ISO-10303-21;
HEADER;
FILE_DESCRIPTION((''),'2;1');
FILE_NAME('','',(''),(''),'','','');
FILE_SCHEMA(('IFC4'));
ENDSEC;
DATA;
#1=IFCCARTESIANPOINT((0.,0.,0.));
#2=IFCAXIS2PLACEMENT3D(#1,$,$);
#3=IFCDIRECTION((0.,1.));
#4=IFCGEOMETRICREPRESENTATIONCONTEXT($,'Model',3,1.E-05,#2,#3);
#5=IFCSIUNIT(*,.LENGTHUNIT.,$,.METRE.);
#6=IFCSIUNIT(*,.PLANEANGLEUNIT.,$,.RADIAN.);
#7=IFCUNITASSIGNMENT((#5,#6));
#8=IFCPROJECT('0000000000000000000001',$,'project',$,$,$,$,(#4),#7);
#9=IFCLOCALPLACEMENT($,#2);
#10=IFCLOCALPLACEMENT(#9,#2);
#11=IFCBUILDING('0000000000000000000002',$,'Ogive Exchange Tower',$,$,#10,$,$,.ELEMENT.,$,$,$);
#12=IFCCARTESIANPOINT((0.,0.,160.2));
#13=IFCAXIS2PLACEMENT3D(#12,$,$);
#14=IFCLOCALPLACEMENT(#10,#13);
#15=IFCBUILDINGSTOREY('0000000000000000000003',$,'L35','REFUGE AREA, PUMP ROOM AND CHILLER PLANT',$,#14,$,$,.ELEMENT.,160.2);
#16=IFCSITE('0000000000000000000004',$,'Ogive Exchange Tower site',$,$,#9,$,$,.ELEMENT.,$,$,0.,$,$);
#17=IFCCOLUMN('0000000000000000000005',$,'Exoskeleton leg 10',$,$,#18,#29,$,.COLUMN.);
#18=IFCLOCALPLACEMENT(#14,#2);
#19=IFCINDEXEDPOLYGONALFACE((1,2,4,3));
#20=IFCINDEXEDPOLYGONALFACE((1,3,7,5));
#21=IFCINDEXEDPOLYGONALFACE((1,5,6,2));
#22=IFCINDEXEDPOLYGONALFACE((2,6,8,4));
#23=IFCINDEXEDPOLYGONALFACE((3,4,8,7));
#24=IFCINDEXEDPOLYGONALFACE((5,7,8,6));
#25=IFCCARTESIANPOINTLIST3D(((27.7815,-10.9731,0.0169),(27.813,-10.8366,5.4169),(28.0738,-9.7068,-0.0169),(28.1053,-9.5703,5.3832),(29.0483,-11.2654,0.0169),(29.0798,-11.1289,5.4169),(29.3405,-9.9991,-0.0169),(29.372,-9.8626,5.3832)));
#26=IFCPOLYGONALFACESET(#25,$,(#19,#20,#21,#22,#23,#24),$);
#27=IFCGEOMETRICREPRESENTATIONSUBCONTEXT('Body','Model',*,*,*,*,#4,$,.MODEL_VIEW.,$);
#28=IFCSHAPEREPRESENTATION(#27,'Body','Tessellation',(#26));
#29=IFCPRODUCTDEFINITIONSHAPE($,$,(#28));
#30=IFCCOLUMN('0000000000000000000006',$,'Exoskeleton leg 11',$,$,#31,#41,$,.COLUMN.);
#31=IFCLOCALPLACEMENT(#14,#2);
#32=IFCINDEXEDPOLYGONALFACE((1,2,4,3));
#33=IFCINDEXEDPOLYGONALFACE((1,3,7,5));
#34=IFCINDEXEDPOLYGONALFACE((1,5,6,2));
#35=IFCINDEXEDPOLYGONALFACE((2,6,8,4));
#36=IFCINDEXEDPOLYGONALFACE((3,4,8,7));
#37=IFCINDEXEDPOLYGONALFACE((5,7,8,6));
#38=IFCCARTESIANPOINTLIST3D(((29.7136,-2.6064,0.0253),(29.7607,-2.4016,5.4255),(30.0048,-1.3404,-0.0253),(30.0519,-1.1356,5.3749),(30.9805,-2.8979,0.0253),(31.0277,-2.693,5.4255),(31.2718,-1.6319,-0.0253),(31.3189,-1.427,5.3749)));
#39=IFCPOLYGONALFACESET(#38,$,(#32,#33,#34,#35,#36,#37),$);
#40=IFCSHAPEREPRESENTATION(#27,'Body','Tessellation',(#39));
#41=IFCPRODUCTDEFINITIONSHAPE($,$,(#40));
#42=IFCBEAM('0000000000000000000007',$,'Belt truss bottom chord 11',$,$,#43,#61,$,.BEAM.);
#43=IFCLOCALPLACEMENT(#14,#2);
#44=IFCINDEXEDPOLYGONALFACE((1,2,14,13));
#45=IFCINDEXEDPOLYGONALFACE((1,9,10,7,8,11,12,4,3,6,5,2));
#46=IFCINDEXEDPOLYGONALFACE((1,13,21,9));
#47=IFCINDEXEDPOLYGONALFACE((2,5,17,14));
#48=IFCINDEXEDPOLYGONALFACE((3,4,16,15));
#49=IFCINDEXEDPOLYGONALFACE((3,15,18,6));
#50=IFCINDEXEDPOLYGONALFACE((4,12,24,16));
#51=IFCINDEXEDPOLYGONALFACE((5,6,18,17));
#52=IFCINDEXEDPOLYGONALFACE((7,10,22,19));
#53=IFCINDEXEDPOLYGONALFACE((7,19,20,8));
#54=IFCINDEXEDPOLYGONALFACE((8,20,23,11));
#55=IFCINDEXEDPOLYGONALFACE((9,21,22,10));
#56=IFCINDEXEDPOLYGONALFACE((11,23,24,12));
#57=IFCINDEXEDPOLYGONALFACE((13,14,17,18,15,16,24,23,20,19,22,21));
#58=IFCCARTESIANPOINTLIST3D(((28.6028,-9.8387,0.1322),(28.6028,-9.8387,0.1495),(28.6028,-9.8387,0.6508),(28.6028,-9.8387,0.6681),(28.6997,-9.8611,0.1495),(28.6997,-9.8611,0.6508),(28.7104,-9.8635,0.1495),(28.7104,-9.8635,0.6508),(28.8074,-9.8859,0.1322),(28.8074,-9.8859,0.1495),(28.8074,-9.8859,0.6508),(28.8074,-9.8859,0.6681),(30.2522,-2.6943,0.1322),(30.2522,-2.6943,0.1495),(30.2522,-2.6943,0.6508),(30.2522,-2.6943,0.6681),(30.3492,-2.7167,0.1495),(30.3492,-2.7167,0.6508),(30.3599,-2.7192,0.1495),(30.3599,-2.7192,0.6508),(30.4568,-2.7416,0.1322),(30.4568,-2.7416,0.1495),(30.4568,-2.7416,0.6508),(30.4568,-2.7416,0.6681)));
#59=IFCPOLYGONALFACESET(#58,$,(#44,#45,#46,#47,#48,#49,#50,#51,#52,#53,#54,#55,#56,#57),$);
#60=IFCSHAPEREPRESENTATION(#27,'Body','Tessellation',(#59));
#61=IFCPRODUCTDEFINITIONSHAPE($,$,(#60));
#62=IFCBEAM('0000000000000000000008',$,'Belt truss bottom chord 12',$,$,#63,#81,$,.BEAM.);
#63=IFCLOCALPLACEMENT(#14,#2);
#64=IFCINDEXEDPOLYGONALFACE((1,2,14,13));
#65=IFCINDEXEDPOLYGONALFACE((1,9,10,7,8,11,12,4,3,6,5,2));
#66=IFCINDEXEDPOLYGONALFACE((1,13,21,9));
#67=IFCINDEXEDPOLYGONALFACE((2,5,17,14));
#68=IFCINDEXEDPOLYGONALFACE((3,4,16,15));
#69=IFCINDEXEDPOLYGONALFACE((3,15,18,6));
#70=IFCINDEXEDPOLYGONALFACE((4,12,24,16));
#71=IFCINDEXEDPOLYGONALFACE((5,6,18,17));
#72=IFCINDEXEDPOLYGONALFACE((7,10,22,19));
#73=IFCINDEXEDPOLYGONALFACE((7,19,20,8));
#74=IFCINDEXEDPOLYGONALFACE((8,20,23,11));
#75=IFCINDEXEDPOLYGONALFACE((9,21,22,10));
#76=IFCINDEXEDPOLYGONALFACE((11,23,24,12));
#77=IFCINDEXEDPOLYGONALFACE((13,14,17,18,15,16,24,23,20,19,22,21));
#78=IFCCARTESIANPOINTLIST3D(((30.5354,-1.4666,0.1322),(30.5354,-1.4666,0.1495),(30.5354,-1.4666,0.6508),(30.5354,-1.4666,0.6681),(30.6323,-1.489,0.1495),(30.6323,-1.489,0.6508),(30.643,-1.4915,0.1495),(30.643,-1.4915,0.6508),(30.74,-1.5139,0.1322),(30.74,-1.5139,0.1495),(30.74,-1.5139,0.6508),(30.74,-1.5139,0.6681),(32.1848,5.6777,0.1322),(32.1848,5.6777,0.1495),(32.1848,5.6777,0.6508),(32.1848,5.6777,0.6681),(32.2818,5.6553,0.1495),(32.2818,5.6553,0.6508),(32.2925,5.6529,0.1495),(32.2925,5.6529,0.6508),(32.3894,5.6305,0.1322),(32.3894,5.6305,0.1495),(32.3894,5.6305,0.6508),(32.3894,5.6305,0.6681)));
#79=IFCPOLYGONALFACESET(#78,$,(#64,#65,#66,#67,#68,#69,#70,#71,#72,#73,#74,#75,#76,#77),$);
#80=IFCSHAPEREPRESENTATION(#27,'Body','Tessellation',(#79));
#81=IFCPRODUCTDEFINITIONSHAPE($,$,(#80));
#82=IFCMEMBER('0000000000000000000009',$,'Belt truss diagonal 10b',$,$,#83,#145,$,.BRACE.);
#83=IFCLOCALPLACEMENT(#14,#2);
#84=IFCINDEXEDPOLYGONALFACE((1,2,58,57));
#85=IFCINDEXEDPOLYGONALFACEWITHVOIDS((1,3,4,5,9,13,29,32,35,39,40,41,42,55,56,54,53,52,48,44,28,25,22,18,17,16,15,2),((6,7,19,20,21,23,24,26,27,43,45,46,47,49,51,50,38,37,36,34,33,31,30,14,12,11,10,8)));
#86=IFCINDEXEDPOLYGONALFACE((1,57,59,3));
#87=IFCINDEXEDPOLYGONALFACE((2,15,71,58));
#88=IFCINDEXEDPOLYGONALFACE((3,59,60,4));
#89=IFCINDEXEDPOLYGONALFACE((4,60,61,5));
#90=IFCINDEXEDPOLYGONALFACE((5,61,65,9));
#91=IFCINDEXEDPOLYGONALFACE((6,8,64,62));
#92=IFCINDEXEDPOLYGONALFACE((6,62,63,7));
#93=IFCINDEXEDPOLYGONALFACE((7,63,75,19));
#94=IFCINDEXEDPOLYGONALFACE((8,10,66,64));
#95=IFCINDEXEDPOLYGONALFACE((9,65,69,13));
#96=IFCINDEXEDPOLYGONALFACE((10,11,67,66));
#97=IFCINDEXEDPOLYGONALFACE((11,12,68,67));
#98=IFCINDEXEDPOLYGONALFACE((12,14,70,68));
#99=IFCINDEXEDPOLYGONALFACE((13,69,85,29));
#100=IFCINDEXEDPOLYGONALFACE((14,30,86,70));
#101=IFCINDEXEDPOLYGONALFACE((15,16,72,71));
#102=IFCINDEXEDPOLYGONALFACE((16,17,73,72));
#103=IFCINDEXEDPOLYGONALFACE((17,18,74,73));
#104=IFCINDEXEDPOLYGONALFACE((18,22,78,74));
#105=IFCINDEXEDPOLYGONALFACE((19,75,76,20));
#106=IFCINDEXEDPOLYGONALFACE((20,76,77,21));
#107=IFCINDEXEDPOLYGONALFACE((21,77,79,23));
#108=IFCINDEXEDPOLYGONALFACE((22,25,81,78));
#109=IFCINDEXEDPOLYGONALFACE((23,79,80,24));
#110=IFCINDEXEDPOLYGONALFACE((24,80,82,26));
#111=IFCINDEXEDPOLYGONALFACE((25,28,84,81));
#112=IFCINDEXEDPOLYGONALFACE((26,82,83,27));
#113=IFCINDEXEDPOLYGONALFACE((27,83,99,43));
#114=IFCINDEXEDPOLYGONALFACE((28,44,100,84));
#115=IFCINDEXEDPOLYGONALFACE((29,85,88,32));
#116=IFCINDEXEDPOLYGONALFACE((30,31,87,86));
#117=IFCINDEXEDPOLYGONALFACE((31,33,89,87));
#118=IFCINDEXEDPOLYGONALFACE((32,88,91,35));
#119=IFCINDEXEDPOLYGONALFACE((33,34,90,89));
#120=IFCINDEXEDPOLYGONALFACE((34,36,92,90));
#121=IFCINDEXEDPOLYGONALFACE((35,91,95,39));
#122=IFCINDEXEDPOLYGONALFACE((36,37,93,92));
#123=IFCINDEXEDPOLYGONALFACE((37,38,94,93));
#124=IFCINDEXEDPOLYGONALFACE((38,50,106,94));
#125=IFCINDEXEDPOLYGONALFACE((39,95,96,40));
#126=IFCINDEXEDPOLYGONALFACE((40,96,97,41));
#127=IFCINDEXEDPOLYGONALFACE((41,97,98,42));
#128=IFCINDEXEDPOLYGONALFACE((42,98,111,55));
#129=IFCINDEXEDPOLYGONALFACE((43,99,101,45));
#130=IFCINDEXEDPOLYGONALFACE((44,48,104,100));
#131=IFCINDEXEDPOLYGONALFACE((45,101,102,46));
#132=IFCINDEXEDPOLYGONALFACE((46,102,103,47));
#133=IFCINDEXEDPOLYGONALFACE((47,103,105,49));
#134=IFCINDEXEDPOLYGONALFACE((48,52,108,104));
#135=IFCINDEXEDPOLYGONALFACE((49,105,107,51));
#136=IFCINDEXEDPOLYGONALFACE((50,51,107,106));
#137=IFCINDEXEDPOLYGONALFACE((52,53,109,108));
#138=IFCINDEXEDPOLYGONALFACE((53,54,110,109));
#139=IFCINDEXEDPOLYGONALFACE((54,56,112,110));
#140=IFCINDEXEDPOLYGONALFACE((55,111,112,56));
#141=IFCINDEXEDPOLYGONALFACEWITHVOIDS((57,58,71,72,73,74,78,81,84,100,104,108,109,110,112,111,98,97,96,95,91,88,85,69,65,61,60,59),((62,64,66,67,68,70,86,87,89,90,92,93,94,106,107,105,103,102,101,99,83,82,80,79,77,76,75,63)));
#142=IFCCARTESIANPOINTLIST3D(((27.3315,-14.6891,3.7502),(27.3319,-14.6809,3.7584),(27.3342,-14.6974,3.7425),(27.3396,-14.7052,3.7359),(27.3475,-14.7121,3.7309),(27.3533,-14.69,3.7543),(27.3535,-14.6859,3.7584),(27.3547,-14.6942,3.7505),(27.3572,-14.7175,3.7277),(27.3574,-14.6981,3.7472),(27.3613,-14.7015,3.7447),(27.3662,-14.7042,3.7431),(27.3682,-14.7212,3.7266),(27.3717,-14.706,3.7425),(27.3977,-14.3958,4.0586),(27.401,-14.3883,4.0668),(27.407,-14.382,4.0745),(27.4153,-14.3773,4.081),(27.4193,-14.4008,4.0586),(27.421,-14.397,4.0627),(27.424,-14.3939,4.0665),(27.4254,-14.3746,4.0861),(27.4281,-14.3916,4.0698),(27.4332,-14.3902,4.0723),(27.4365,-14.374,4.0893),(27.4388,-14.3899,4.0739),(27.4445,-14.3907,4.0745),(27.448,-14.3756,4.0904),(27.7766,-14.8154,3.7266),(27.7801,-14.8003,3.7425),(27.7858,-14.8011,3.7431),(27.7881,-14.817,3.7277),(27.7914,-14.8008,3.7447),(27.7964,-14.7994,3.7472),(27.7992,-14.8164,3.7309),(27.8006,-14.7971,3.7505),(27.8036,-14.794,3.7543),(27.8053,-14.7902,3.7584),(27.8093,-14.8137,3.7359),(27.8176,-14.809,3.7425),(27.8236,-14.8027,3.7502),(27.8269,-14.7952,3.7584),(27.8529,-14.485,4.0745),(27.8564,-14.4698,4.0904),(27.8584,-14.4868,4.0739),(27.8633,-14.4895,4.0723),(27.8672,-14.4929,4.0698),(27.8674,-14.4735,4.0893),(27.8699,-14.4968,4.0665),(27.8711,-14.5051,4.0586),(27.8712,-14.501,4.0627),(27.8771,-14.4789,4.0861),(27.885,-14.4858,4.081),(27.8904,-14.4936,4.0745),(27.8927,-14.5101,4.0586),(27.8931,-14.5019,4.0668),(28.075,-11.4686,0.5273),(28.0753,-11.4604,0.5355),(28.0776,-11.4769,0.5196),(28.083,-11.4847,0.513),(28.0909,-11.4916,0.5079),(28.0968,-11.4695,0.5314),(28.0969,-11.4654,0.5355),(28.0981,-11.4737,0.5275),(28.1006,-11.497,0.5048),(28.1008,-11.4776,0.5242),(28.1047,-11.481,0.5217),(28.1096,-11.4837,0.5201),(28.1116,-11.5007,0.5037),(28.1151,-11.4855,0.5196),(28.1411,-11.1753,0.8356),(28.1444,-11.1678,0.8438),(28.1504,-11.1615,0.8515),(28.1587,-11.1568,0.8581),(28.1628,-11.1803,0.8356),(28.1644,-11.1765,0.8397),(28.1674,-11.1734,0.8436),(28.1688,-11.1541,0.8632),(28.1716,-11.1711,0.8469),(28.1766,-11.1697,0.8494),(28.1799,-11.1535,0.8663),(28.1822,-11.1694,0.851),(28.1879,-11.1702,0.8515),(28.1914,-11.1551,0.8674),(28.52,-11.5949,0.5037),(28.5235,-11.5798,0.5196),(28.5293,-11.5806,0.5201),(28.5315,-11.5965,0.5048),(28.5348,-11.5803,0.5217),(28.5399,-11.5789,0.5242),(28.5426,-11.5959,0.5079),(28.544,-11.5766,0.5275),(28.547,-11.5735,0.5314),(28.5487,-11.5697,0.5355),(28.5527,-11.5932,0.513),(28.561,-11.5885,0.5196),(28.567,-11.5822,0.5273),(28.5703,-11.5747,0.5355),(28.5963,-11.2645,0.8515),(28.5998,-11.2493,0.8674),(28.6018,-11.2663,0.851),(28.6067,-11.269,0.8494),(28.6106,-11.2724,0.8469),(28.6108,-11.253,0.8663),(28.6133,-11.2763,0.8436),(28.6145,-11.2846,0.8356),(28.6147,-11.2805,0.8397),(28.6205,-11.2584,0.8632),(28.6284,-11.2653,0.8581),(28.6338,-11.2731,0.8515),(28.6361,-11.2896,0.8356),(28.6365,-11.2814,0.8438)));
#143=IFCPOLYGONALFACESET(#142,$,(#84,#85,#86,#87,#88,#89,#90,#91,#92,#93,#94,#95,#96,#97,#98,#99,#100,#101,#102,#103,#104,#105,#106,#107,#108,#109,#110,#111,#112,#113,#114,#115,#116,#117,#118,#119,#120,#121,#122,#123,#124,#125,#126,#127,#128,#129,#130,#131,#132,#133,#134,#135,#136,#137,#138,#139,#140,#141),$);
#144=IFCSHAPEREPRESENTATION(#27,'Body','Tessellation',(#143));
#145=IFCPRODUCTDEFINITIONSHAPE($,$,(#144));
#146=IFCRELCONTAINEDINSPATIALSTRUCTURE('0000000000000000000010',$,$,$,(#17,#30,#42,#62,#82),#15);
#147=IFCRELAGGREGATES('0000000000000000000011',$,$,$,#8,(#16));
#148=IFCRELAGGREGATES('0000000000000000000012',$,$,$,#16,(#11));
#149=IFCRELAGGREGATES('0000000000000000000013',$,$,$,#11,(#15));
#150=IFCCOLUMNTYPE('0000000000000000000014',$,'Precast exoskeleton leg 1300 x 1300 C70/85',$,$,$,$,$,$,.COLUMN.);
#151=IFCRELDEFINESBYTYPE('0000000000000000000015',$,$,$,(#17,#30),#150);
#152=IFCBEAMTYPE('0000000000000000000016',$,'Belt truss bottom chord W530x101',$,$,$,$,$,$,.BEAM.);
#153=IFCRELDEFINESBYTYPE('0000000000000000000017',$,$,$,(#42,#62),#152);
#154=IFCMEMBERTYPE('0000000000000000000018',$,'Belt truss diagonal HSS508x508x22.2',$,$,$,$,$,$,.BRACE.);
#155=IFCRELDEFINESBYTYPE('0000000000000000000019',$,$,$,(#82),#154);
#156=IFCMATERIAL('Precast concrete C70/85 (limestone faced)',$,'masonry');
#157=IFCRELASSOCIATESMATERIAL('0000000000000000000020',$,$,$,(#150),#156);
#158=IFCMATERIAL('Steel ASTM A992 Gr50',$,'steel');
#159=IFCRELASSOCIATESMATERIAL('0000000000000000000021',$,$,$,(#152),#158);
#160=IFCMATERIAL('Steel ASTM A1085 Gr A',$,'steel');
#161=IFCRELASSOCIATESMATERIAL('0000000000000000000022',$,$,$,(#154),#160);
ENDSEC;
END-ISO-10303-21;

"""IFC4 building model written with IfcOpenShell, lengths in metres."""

from ifc_helpers import new_model, si_unit, direction, frame, origin, origin_2d, place, context, subcontext, project, spatial, rectangle, hollow_rectangle, i_section, extrude, material, material_profile, profile_set, type_object, element, save


model = new_model("IFC4")

# Units and contexts
model_context = context("Model", 3, precision=1e-05, world=origin(), true_north=direction((0.0, 1.0)))
body_context = subcontext(model_context, "Body", "Model", "MODEL_VIEW")
ifc_project = project(units=[si_unit("LENGTHUNIT", "METRE"), si_unit("PLANEANGLEUNIT", "RADIAN")], contexts=[model_context])

# Site, building, storey
site_placement = place(None, origin())
site = spatial("IfcSite", under=ifc_project, at=site_placement, Name="Ogive Exchange Tower site", CompositionType="ELEMENT", RefElevation=0.0)
building_placement = place(site_placement, origin())
building = spatial("IfcBuilding", under=site, at=building_placement, Name="Ogive Exchange Tower", CompositionType="ELEMENT")
storey_placement = place(building_placement, frame((0.0, 0.0, 160.2)))
storey = spatial("IfcBuildingStorey", under=building, at=storey_placement, Name="L35", Description="REFUGE AREA, PUMP ROOM AND CHILLER PLANT", CompositionType="ELEMENT", Elevation=160.2)

# Columns
ifc_material_1 = material(Name="Precast concrete C70/85 (limestone faced)", Category="masonry")
ifc_material_profile_1 = material_profile(ifc_material_1, rectangle(XDim=1.3, YDim=1.3, at=origin_2d()), Name="1300 x 1300")
ifc_profile_set_1 = profile_set([ifc_material_profile_1], Name="Precast concrete C70/85 (limestone faced)")
column_type = type_object("IfcColumnType", Name="Precast exoskeleton leg 1300 x 1300 C70/85", PredefinedType="COLUMN", material=ifc_profile_set_1)
column_1_placement = place(storey_placement, frame((28.561, -10.4861, 0.0), z_axis=(0.00583, 0.025264, 0.999664), x_axis=(-0.974391, 0.22486, 0.0)))
element("IfcColumn", 1, at=column_1_placement, inside=storey, type_object=column_type, Name="Exoskeleton leg 10", PredefinedType="COLUMN", context=body_context, shape_type="SweptSolid", body=[
    extrude(rectangle(XDim=1.3, YDim=1.3, at=origin_2d()), origin(), (0.0, 0.0, 1.0), 5.4019),
])
column_2_placement = place(storey_placement, frame((30.4927, -2.1191, 0.0), z_axis=(0.008719, 0.037902, 0.999243), x_axis=(-0.974548, 0.224181, 0.0)))
element("IfcColumn", 2, at=column_2_placement, inside=storey, type_object=column_type, Name="Exoskeleton leg 11", PredefinedType="COLUMN", context=body_context, shape_type="SweptSolid", body=[
    extrude(rectangle(XDim=1.3, YDim=1.3, at=origin_2d()), origin(), (0.0, 0.0, 1.0), 5.4043),
])

# Beams
ifc_material_2 = material(Name="Steel ASTM A992 Gr50", Category="steel")
ifc_material_profile_2 = material_profile(ifc_material_2, i_section(OverallWidth=0.21, OverallDepth=0.5359, WebThickness=0.011, FlangeThickness=0.0173, at=origin_2d()), Name="W530x101")
ifc_profile_set_2 = profile_set([ifc_material_profile_2], Name="Steel ASTM A992 Gr50")
beam_type_1 = type_object("IfcBeamType", Name="Belt truss bottom chord W530x101", PredefinedType="BEAM", material=ifc_profile_set_2)
for number, where, z_axis, x_axis, name in (
    (3, (28.7051, -9.8623, 0.4001), (0.224954, 0.974369, 0.0), (-0.974369, 0.224954, 0.0), "Belt truss bottom chord 11"),
    (4, (30.6377, -1.4902, 0.4001), (0.224954, 0.974369, 0.0), (-0.974369, 0.224954, 0.0), "Belt truss bottom chord 12"),
):
    element("IfcBeam", number, at=place(storey_placement, frame(where, z_axis=z_axis, x_axis=x_axis)), inside=storey, type_object=beam_type_1, Name=name, PredefinedType="BEAM", context=body_context, shape_type="SweptSolid", body=[
        extrude(i_section(OverallWidth=0.21, OverallDepth=0.5359, WebThickness=0.011, FlangeThickness=0.0173, at=origin_2d()), origin(), (0.0, 0.0, 1.0), 7.3323),
    ])

# Member
ifc_material_3 = material(Name="Steel ASTM A1085 Gr A", Category="steel")
ifc_material_profile_3 = material_profile(ifc_material_3, hollow_rectangle(XDim=0.5081, YDim=0.5081, WallThickness=0.0222, InnerFilletRadius=0.0222, OuterFilletRadius=0.0444, at=origin_2d()), Name="HSS508x508x22.2")
ifc_profile_set_3 = profile_set([ifc_material_profile_3], Name="Steel ASTM A1085 Gr A")
member_type_1 = type_object("IfcMemberType", Name="Belt truss diagonal HSS508x508x22.2", PredefinedType="BRACE", material=ifc_profile_set_3)
member_1_placement = place(storey_placement, frame((28.3557, -11.375, 0.6855), z_axis=(-0.161037, -0.697613, 0.698142), x_axis=(0.974376, -0.224924, 0.0)))
element("IfcMember", 5, at=member_1_placement, inside=storey, type_object=member_type_1, Name="Belt truss diagonal 10b", PredefinedType="BRACE", context=body_context, shape_type="SweptSolid", body=[
    extrude(hollow_rectangle(XDim=0.5081, YDim=0.5081, WallThickness=0.0222, InnerFilletRadius=0.0222, OuterFilletRadius=0.0444, at=origin_2d()), origin(), (0.0, 0.0, 1.0), 4.6165),
])

save(model, "model.ifc")
